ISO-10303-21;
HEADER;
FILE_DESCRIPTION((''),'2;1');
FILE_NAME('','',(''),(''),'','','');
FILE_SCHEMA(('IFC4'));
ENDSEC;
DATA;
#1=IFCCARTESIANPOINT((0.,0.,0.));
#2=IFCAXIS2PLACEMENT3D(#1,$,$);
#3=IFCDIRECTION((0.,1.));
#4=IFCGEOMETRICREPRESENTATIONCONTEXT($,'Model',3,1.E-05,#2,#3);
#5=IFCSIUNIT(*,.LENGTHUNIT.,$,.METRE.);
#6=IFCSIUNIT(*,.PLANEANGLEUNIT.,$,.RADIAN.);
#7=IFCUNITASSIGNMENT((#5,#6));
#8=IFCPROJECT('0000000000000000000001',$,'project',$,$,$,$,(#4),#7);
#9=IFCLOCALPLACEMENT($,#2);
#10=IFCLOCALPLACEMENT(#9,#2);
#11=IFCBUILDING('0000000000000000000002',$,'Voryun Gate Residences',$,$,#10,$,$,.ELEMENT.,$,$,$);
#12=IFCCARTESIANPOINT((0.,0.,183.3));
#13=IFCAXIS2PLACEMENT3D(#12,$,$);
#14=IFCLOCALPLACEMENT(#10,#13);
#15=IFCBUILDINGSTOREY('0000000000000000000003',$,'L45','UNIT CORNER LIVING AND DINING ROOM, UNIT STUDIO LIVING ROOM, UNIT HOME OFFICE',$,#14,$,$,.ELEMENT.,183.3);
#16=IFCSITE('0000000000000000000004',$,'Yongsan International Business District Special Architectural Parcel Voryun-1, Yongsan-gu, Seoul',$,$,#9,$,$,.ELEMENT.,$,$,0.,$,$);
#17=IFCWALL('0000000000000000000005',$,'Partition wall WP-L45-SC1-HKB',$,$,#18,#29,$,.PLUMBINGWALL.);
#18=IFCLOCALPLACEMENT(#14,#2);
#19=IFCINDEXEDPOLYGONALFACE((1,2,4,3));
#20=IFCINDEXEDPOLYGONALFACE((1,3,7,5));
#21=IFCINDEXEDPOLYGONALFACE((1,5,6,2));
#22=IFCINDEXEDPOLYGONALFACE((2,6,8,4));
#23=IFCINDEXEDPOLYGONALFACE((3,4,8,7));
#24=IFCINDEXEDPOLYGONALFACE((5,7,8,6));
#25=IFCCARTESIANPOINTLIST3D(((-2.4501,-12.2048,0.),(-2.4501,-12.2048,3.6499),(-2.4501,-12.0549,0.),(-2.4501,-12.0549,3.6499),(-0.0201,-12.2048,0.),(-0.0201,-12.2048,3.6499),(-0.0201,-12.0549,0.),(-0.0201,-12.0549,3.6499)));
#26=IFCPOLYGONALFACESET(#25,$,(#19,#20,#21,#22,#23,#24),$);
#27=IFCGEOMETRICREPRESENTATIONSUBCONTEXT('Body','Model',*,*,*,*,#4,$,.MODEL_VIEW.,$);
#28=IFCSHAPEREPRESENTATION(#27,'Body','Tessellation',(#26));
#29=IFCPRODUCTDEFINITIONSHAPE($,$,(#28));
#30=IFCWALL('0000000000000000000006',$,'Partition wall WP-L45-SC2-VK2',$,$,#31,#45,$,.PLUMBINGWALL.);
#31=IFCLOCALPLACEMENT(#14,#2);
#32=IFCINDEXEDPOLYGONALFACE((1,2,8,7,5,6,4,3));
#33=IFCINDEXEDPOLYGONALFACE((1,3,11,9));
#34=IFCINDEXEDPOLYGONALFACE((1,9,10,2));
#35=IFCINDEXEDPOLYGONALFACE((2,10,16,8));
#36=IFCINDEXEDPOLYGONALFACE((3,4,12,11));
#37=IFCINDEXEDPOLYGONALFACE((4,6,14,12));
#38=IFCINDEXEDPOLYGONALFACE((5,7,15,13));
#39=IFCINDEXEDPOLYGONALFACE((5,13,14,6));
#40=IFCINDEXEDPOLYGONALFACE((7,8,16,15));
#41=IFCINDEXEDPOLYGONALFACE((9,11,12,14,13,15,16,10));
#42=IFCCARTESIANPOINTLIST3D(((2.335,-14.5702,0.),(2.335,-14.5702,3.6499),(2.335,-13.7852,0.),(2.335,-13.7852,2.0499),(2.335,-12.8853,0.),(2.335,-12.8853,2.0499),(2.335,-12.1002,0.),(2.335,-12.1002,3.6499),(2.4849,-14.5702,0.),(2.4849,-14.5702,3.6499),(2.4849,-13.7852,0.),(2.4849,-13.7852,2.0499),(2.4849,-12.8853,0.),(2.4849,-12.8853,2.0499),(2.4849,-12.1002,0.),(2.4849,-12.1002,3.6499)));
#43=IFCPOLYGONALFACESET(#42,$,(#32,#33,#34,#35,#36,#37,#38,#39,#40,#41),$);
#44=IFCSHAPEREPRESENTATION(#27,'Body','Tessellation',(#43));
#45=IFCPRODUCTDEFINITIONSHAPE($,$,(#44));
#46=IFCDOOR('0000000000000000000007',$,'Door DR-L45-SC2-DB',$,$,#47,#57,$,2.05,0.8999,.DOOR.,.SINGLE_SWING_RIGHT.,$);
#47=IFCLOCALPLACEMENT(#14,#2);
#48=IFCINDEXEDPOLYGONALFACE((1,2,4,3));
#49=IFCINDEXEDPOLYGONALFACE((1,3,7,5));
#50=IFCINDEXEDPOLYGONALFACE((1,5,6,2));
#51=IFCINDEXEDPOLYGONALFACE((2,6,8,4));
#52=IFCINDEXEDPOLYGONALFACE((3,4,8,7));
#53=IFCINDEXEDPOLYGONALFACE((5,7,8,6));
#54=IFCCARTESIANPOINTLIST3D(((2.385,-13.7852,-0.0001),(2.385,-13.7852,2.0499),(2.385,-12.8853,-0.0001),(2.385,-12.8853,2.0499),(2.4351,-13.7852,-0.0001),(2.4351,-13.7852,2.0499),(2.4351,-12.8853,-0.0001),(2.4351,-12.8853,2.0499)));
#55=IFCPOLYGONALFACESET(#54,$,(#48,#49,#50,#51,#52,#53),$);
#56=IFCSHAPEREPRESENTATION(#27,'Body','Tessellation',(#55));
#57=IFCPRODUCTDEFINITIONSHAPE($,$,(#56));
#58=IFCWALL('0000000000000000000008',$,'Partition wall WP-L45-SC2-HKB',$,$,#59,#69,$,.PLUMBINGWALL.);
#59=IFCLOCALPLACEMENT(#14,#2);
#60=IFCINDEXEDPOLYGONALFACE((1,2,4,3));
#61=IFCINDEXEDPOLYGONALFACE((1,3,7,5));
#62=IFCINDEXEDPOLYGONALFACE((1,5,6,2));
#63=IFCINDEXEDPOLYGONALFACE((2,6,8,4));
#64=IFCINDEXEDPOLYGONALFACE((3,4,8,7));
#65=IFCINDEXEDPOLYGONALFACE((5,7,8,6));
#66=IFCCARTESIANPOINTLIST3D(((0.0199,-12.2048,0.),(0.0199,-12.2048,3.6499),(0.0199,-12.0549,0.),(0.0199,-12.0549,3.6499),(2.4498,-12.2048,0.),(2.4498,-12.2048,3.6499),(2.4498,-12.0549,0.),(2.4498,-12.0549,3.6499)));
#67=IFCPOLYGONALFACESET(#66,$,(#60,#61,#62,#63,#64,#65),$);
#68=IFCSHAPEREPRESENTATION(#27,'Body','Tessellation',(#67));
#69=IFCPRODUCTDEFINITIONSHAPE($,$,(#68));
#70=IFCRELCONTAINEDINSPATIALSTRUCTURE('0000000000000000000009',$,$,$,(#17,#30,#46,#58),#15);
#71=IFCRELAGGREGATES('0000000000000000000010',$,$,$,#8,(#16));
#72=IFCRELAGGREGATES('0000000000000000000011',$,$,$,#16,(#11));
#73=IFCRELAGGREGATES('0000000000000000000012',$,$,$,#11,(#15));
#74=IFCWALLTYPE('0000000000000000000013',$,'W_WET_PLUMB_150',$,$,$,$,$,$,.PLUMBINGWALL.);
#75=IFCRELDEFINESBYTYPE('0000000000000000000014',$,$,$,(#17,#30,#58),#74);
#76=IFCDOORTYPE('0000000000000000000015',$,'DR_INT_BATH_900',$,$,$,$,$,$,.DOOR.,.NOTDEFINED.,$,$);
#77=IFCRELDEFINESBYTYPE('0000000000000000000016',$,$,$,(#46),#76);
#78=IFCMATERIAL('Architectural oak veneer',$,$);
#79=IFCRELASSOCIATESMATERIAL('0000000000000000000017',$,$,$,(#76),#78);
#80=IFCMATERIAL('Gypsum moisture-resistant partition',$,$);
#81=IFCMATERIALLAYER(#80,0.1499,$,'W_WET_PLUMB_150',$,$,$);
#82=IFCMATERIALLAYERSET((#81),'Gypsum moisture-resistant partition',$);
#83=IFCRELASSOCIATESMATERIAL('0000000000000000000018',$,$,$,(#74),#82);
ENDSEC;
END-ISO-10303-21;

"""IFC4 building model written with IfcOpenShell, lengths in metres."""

from ifc_helpers import new_model, si_unit, direction, frame, frame_2d, origin, place, context, subcontext, project, spatial, rectangle, extrude, material, layer, layer_set, type_object, element, fill, save


model = new_model("IFC4")

# Units and contexts
model_context = context("Model", 3, precision=1e-05, world=origin(), true_north=direction((0.0, 1.0)))
body_context = subcontext(model_context, "Body", "Model", "MODEL_VIEW")
ifc_project = project(units=[si_unit("LENGTHUNIT", "METRE"), si_unit("PLANEANGLEUNIT", "RADIAN")], contexts=[model_context])

# Site, building, storey
site_placement = place(None, origin())
site = spatial("IfcSite", under=ifc_project, at=site_placement, Name="Yongsan International Business District Special Architectural Parcel Voryun-1, Yongsan-gu, Seoul", CompositionType="ELEMENT", RefElevation=0.0)
building_placement = place(site_placement, origin())
building = spatial("IfcBuilding", under=site, at=building_placement, Name="Voryun Gate Residences", CompositionType="ELEMENT")
storey_placement = place(building_placement, frame((0.0, 0.0, 183.3)))
storey = spatial("IfcBuildingStorey", under=building, at=storey_placement, Name="L45", Description="UNIT CORNER LIVING AND DINING ROOM, UNIT STUDIO LIVING ROOM, UNIT HOME OFFICE", CompositionType="ELEMENT", Elevation=183.3)

# Shared definitions
ifc_material_1 = material(Name="Architectural oak veneer")
door_type_1 = type_object("IfcDoorType", Name="DR_INT_BATH_900", OperationType="NOTDEFINED", PredefinedType="DOOR", material=ifc_material_1)

# Shared definitions
ifc_material_2 = material(Name="Gypsum moisture-resistant partition")
ifc_layer_1 = layer(ifc_material_2, 0.1499, Name="W_WET_PLUMB_150")
ifc_layer_set_1 = layer_set([ifc_layer_1], Name="Gypsum moisture-resistant partition")
wall_type_1 = type_object("IfcWallType", Name="W_WET_PLUMB_150", PredefinedType="PLUMBINGWALL", material=ifc_layer_set_1)

# Wall
wall_1_placement = place(storey_placement, frame((-2.45, -12.1299, 0.0), z_axis=(0.0, 0.0, 1.0), x_axis=(1.0, 0.0, 0.0)))
element("IfcWall", 1, at=wall_1_placement, inside=storey, type_object=wall_type_1, Name="Partition wall WP-L45-SC1-HKB", PredefinedType="PLUMBINGWALL", context=body_context, shape_type="SweptSolid", body=[
    extrude(rectangle(XDim=2.4299, YDim=0.1499, at=frame_2d((1.2148, 0.0))), origin(), (0.0, 0.0, 1.0), 3.6499),
])

# Wall, opening, door
wall_2_placement = place(storey_placement, frame((2.4099, -14.5701, 0.0), z_axis=(0.0, 0.0, 1.0), x_axis=(0.0, 1.0, 0.0)))
wall_2 = element("IfcWall", 2, at=wall_2_placement, inside=storey, type_object=wall_type_1, Name="Partition wall WP-L45-SC2-VK2", PredefinedType="PLUMBINGWALL", context=body_context, shape_type="SweptSolid", body=[
    extrude(rectangle(XDim=2.47, YDim=0.1499, at=frame_2d((1.2349, 0.0))), origin(), (0.0, 0.0, 1.0), 3.6499),
])
opening_1_placement = place(wall_2_placement, frame((0.7849, 0.0, 0.0)))
opening_1 = element("IfcOpeningElement", 3, at=opening_1_placement, cuts=wall_2, PredefinedType="OPENING", context=body_context, shape_type="SweptSolid", body=[
    extrude(rectangle(XDim=0.8999, YDim=2.05, at=frame_2d((0.45, 1.0249))), frame((0.0, 0.085, 0.0), z_axis=(0.0, -1.0, 0.0), x_axis=(1.0, 0.0, 0.0)), (0.0, 0.0, 1.0), 0.1699),
])
door_1_placement = place(opening_1_placement, origin())
door_1 = element("IfcDoor", 4, at=door_1_placement, inside=storey, type_object=door_type_1, Name="Door DR-L45-SC2-DB", OperationType="SINGLE_SWING_RIGHT", OverallHeight=2.05, OverallWidth=0.8999, PredefinedType="DOOR", context=body_context, shape_type="SweptSolid", body=[
    extrude(rectangle(XDim=0.8999, YDim=2.05, at=frame_2d((0.45, 1.0249))), frame((0.0, 0.0249, 0.0), z_axis=(0.0, -1.0, 0.0), x_axis=(1.0, 0.0, 0.0)), (0.0, 0.0, 1.0), 0.05),
])
fill(opening_1, door_1)

# Wall
wall_3_placement = place(storey_placement, frame((0.02, -12.1299, 0.0), z_axis=(0.0, 0.0, 1.0), x_axis=(1.0, 0.0, 0.0)))
element("IfcWall", 5, at=wall_3_placement, inside=storey, type_object=wall_type_1, Name="Partition wall WP-L45-SC2-HKB", PredefinedType="PLUMBINGWALL", context=body_context, shape_type="SweptSolid", body=[
    extrude(rectangle(XDim=2.4299, YDim=0.1499, at=frame_2d((1.2148, 0.0))), origin(), (0.0, 0.0, 1.0), 3.6499),
])

save(model, "model.ifc")
